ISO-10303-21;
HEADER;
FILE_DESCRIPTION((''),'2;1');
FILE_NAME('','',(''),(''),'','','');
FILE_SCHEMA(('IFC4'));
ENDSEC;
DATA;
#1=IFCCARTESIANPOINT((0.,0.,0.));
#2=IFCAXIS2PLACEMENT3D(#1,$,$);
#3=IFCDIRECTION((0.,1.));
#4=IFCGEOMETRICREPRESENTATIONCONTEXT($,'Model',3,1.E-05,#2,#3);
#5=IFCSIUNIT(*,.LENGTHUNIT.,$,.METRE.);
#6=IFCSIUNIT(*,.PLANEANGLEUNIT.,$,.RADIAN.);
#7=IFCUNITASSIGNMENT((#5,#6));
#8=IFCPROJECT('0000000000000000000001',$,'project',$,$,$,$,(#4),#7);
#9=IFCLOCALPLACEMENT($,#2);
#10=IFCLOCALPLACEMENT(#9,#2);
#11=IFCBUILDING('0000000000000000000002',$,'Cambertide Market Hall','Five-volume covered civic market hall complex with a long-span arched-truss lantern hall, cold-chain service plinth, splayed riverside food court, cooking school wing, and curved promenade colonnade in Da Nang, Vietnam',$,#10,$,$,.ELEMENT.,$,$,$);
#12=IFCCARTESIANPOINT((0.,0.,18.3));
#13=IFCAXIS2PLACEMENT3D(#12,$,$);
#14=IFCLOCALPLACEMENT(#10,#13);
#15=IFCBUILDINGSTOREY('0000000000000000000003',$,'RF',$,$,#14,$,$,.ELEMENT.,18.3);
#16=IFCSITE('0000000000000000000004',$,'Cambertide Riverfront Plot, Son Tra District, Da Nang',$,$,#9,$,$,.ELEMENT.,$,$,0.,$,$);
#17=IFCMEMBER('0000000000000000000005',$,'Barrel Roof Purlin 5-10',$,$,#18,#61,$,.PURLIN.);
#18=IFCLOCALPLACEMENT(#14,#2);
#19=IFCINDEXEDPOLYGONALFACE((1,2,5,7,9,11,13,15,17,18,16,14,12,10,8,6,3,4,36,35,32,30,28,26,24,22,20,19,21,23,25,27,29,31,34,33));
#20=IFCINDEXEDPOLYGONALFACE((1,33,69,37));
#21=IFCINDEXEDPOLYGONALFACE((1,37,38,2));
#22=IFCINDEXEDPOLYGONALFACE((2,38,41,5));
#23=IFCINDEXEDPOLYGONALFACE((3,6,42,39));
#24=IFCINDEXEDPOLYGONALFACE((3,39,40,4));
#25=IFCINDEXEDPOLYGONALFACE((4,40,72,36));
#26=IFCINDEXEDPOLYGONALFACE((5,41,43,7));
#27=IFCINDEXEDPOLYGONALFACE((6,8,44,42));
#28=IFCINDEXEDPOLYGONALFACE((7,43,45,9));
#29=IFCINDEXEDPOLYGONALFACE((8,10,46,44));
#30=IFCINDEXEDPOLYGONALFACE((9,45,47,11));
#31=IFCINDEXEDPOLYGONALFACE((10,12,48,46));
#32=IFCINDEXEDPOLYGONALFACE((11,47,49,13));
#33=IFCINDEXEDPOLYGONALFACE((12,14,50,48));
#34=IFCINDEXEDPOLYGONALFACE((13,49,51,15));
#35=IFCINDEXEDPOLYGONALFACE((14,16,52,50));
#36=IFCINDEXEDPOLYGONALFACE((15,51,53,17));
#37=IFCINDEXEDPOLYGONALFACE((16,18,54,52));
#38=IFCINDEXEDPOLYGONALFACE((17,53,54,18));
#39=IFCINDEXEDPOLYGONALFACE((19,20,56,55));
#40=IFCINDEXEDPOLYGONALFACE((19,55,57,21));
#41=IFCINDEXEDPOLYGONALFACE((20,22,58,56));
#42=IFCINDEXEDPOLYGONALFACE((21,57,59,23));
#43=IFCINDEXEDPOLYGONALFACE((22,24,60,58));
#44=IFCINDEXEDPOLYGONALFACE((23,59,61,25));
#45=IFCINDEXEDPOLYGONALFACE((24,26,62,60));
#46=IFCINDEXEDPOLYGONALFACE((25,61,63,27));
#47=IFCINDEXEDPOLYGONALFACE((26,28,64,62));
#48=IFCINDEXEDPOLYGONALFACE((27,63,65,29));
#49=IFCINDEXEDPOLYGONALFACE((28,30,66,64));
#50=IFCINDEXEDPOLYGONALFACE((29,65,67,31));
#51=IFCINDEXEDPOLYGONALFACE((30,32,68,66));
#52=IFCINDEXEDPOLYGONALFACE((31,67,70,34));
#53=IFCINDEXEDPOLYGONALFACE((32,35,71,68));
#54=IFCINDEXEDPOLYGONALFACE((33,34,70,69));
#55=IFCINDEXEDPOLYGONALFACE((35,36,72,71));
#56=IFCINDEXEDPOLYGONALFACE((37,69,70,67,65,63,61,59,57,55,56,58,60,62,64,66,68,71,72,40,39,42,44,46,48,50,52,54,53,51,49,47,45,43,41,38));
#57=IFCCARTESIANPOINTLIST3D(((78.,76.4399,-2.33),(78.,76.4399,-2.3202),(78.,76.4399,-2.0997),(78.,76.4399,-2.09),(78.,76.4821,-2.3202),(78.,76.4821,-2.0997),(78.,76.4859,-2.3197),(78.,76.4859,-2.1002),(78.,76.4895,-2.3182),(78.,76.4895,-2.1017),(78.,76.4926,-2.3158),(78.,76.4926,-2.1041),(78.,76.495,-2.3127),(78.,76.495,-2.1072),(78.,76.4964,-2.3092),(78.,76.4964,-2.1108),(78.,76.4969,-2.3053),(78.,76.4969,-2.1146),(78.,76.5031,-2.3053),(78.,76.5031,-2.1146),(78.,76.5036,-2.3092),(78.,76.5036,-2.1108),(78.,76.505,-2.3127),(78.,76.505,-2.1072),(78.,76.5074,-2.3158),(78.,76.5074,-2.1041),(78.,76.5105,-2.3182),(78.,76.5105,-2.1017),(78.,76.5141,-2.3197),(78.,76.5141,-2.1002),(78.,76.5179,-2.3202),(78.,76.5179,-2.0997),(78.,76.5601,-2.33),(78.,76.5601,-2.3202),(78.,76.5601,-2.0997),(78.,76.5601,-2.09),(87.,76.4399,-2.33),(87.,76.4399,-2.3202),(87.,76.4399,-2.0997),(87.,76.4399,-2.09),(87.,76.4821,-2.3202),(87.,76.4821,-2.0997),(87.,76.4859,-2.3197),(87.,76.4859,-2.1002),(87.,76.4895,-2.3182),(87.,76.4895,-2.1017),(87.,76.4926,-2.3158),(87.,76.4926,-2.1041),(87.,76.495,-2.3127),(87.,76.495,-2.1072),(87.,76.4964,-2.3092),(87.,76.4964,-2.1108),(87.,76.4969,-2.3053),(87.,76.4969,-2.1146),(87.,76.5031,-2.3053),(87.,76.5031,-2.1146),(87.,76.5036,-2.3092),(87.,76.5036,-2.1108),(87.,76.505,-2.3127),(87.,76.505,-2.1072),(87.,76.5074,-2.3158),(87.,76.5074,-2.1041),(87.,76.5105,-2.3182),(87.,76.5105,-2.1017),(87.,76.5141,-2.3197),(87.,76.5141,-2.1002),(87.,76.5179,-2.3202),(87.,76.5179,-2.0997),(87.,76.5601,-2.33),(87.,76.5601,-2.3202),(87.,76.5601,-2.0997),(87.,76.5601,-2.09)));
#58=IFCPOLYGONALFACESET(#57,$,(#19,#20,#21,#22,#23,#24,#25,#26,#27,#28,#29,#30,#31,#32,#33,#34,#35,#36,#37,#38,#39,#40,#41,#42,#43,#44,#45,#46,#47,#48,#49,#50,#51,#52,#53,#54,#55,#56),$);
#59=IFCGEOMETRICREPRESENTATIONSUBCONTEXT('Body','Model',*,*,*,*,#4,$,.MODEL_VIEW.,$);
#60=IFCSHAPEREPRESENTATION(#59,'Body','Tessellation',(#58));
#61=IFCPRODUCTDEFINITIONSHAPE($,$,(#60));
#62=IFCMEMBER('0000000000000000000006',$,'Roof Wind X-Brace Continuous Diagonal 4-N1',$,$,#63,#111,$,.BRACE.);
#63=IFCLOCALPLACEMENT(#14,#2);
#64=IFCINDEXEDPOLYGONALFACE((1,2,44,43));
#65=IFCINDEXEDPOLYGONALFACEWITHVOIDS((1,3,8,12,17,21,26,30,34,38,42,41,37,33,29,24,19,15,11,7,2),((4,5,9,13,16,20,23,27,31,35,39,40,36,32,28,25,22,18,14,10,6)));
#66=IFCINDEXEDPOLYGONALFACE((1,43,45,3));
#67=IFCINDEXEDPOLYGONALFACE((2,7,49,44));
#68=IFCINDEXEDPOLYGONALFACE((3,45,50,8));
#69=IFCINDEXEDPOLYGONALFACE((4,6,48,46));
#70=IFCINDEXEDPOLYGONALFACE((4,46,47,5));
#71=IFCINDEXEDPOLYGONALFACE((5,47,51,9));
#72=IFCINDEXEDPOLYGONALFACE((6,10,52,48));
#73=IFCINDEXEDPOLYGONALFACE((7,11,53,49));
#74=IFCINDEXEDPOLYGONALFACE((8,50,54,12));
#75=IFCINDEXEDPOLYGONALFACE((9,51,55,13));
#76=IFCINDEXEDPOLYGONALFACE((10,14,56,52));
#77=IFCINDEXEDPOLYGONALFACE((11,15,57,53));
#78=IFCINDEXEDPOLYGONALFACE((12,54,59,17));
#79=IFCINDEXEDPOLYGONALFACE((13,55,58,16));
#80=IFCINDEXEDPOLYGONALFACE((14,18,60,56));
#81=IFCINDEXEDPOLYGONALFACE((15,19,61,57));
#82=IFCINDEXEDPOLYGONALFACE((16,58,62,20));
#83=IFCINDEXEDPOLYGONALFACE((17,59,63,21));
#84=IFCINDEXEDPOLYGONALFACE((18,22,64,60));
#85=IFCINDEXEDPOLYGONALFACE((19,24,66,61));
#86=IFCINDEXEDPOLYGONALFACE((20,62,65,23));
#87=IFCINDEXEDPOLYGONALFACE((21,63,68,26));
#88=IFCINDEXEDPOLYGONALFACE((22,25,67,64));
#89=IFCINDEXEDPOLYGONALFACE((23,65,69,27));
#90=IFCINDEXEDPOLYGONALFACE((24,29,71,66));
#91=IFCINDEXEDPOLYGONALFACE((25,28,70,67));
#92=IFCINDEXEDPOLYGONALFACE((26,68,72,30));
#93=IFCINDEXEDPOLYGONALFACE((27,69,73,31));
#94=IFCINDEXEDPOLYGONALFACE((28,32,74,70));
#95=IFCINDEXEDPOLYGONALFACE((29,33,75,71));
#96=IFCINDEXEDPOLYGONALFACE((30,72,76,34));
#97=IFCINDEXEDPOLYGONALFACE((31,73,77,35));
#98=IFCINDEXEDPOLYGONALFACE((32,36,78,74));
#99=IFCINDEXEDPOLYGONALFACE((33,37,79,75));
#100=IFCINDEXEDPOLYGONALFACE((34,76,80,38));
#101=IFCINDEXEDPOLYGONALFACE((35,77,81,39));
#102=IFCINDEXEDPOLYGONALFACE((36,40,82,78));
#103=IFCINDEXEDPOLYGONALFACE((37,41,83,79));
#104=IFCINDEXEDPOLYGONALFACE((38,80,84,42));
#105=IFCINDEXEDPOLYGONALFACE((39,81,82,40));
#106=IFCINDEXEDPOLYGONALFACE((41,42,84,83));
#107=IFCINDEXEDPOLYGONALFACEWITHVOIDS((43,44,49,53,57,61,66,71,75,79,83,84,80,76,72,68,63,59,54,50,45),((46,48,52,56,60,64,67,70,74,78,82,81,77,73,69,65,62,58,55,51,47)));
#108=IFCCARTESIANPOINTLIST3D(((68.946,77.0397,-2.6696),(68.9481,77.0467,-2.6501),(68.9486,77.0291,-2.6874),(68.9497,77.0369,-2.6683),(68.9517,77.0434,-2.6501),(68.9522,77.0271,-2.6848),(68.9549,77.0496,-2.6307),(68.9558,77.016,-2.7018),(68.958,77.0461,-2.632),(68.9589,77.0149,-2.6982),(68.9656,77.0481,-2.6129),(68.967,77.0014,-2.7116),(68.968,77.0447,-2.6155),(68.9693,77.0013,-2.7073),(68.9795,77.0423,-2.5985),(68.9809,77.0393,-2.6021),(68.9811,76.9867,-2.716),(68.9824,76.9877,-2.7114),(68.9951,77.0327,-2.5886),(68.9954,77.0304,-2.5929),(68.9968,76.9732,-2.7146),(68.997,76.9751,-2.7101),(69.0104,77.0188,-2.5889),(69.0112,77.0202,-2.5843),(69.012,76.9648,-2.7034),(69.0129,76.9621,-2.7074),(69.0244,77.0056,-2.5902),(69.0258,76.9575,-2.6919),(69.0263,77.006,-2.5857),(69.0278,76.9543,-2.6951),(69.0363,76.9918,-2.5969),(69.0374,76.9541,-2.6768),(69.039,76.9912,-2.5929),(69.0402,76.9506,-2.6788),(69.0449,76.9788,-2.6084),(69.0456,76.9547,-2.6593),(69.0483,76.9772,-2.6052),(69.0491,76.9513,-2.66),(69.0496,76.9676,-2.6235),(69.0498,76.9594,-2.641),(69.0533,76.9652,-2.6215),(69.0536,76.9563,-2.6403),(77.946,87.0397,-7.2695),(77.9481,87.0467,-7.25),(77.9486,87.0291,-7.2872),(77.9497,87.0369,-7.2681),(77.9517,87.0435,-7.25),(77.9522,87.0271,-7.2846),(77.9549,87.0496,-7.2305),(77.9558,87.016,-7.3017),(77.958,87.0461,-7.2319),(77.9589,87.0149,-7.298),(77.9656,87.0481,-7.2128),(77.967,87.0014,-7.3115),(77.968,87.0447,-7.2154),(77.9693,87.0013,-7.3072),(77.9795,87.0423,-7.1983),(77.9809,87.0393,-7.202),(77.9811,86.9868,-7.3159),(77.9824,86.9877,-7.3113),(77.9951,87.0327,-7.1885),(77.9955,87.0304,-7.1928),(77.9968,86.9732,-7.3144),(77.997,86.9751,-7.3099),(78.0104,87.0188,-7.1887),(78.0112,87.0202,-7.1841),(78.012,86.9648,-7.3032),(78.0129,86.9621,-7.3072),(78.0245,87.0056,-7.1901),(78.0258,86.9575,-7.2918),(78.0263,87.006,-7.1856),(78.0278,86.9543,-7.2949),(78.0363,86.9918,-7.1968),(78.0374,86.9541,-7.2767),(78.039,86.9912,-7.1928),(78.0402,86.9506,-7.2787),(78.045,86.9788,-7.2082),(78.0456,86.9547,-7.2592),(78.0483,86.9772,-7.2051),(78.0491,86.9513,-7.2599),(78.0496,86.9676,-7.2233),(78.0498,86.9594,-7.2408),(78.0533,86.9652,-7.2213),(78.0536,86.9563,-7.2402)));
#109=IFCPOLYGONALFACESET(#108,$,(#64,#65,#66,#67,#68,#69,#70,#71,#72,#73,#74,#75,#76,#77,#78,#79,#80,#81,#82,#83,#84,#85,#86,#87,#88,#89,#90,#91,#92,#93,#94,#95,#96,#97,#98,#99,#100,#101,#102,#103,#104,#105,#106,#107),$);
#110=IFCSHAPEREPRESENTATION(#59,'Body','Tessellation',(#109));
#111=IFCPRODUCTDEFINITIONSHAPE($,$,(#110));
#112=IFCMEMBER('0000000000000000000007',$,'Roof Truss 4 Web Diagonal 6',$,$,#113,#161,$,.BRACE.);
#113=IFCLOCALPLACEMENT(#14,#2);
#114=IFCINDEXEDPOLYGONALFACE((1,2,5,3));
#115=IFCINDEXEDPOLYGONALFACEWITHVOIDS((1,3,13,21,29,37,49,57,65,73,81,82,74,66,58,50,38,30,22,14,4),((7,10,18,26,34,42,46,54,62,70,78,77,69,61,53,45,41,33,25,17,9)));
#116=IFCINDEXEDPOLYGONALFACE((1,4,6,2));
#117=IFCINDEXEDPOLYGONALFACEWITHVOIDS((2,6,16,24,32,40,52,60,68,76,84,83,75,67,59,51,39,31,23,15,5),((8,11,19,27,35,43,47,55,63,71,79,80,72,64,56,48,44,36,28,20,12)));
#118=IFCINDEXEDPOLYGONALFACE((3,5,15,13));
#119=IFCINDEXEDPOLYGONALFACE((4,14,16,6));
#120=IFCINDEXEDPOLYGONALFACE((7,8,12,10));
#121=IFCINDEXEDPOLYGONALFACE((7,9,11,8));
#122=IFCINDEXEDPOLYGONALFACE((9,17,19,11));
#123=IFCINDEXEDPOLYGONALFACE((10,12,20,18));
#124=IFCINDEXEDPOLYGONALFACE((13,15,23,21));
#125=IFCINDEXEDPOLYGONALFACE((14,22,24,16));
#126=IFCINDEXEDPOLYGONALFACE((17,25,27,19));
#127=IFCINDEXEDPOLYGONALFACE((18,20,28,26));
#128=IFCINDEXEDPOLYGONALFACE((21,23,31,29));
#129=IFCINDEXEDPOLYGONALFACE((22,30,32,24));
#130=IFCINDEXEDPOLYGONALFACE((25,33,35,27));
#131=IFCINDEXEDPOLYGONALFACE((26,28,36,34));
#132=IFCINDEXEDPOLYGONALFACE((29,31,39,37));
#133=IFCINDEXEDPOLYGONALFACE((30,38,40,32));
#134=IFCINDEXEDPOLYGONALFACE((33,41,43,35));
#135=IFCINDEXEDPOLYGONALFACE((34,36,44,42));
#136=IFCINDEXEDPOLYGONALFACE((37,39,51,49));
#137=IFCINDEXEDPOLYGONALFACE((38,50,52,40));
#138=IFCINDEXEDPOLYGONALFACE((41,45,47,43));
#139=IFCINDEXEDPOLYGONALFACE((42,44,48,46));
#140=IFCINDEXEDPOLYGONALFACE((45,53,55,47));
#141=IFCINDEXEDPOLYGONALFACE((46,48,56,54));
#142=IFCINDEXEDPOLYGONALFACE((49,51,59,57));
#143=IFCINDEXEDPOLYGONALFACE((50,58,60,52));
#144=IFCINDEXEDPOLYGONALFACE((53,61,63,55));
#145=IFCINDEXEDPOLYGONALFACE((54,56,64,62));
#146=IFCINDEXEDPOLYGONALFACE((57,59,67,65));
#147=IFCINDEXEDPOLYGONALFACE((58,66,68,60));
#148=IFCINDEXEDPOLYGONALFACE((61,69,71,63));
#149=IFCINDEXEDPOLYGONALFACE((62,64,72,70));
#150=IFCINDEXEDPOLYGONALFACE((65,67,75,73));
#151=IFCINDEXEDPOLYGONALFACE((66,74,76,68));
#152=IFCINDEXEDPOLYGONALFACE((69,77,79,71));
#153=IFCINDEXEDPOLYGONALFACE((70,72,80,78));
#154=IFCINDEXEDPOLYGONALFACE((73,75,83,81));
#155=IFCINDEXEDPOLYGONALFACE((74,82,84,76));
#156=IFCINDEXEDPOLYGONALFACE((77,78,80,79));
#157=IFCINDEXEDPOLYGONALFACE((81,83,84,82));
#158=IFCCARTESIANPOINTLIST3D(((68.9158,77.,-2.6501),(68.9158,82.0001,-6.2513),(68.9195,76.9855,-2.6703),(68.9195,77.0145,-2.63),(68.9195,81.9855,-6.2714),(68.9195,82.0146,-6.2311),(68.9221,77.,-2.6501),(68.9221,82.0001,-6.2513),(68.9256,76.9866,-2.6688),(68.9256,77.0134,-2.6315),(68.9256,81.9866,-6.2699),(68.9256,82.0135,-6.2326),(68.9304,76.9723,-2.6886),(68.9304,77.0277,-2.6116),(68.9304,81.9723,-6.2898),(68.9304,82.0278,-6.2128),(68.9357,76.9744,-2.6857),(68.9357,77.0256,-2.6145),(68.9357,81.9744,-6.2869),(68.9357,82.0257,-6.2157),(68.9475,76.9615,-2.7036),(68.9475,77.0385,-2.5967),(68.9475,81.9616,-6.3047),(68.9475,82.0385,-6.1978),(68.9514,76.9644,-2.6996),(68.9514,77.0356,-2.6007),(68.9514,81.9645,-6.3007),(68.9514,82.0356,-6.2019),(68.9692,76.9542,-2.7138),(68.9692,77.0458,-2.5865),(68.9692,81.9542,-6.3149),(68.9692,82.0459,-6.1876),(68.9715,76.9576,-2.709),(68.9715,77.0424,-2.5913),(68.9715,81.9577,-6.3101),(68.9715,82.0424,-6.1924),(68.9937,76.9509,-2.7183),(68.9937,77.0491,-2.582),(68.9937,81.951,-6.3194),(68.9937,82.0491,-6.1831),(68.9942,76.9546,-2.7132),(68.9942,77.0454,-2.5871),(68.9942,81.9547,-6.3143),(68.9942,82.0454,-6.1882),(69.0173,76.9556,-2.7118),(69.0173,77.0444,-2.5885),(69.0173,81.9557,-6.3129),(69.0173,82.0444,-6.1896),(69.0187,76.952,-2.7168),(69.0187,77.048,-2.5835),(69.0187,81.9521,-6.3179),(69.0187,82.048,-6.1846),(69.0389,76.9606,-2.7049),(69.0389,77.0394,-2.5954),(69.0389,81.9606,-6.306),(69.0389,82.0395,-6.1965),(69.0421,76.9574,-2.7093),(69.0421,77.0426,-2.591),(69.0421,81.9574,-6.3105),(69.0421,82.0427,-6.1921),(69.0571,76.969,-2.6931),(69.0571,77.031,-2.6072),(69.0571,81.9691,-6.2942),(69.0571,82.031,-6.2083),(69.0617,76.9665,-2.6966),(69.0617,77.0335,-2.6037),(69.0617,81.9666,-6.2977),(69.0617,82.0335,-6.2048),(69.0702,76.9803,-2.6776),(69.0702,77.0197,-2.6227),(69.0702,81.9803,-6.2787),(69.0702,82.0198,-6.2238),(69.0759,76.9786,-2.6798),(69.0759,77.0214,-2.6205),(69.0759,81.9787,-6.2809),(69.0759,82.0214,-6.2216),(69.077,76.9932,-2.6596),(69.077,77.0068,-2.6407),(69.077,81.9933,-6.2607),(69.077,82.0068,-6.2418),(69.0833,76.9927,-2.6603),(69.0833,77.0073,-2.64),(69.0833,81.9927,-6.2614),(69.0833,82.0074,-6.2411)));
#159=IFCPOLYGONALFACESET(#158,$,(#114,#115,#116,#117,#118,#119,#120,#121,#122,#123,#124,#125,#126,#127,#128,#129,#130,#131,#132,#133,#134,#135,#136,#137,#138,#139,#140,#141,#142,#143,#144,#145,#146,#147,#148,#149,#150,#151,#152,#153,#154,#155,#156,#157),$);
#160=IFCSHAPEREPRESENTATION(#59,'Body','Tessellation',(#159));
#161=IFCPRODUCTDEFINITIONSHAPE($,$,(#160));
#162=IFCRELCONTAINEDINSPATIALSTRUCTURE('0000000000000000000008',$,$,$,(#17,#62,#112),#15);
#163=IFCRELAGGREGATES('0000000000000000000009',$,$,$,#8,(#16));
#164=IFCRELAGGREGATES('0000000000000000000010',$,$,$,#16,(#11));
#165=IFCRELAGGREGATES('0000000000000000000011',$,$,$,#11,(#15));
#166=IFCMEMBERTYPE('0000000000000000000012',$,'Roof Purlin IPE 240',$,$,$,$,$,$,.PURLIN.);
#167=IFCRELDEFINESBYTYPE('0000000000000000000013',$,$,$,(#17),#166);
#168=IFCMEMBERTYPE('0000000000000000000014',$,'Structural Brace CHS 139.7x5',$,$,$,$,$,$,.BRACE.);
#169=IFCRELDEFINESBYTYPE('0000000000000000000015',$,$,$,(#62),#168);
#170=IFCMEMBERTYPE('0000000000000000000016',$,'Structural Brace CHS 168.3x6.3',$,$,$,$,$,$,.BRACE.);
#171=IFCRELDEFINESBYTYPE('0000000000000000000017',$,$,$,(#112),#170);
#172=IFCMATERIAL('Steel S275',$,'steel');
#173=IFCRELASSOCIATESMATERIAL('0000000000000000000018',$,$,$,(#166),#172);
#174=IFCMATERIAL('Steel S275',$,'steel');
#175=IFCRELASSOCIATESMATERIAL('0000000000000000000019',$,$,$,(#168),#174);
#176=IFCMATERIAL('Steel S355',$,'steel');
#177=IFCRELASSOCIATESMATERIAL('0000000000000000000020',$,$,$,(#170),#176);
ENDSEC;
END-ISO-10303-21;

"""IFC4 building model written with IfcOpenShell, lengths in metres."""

from ifc_helpers import new_model, si_unit, direction, frame, origin, origin_2d, place, context, subcontext, project, spatial, hollow_circle, i_section, extrude, material, material_profile, profile_set, type_object, element, save


model = new_model("IFC4")

# Units and contexts
model_context = context("Model", 3, precision=1e-05, world=origin(), true_north=direction((0.0, 1.0)))
body_context = subcontext(model_context, "Body", "Model", "MODEL_VIEW")
ifc_project = project(units=[si_unit("LENGTHUNIT", "METRE"), si_unit("PLANEANGLEUNIT", "RADIAN")], contexts=[model_context])

# Site, building, storey
site_placement = place(None, origin())
site = spatial("IfcSite", under=ifc_project, at=site_placement, Name="Cambertide Riverfront Plot, Son Tra District, Da Nang", CompositionType="ELEMENT", RefElevation=0.0)
building_placement = place(site_placement, origin())
building = spatial("IfcBuilding", under=site, at=building_placement, Name="Cambertide Market Hall", Description="Five-volume covered civic market hall complex with a long-span arched-truss lantern hall, cold-chain service plinth, splayed riverside food court, cooking school wing, and curved promenade colonnade in Da Nang, Vietnam", CompositionType="ELEMENT")
storey_placement = place(building_placement, frame((0.0, 0.0, 18.3)))
storey = spatial("IfcBuildingStorey", under=building, at=storey_placement, Name="RF", CompositionType="ELEMENT", Elevation=18.3)

# Members
ifc_material_1 = material(Name="Steel S275", Category="steel")
ifc_material_profile_1 = material_profile(ifc_material_1, i_section(OverallWidth=0.1201, OverallDepth=0.24, WebThickness=0.0061, FlangeThickness=0.0098, FilletRadius=0.0149, at=origin_2d()), Name="IPE 240")
ifc_profile_set_1 = profile_set([ifc_material_profile_1], Name="Steel S275")
member_type_1 = type_object("IfcMemberType", Name="Roof Purlin IPE 240", PredefinedType="PURLIN", material=ifc_profile_set_1)
for number, where, z_axis, x_axis, name in (
    (1, (78.0, 76.5, -2.21), (1.0, 0.0, 0.0), (0.0, 1.0, 0.0), "Barrel Roof Purlin 5-10"),
):
    element("IfcMember", number, at=place(storey_placement, frame(where, z_axis=z_axis, x_axis=x_axis)), inside=storey, type_object=member_type_1, Name=name, PredefinedType="PURLIN", context=body_context, shape_type="SweptSolid", body=[
        extrude(i_section(OverallWidth=0.1201, OverallDepth=0.24, WebThickness=0.0061, FlangeThickness=0.0098, FilletRadius=0.0149, at=origin_2d()), origin(), (0.0, 0.0, 1.0), 9.0),
    ])
ifc_material_2 = material(Name="Steel S275", Category="steel")
ifc_material_profile_2 = material_profile(ifc_material_2, hollow_circle(Radius=0.0698, WallThickness=0.0049, at=origin_2d()), Name="CHS 139.7x5")
ifc_profile_set_2 = profile_set([ifc_material_profile_2], Name="Steel S275")
member_type_2 = type_object("IfcMemberType", Name="Structural Brace CHS 139.7x5", PredefinedType="BRACE", material=ifc_profile_set_2)
member_1_placement = place(storey_placement, frame((69.0, 77.0, -2.6501), z_axis=(0.632989, 0.703321, -0.323518), x_axis=(-0.743294, 0.668965, 0.0)))
element("IfcMember", 2, at=member_1_placement, inside=storey, type_object=member_type_2, Name="Roof Wind X-Brace Continuous Diagonal 4-N1", PredefinedType="BRACE", context=body_context, shape_type="SweptSolid", body=[
    extrude(hollow_circle(Radius=0.0698, WallThickness=0.0049, at=origin_2d()), origin(), (0.0, 0.0, 1.0), 14.2183),
])
ifc_material_3 = material(Name="Steel S355", Category="steel")
ifc_material_profile_3 = material_profile(ifc_material_3, hollow_circle(Radius=0.0842, WallThickness=0.0063, at=origin_2d()), Name="CHS 168.3x6.3")
ifc_profile_set_3 = profile_set([ifc_material_profile_3], Name="Steel S355")
member_type_3 = type_object("IfcMemberType", Name="Structural Brace CHS 168.3x6.3", PredefinedType="BRACE", material=ifc_profile_set_3)
member_2_placement = place(storey_placement, frame((69.0, 77.0, -2.6501), z_axis=(0.0, 0.811452, -0.58442), x_axis=(-1.0, 0.0, 0.0)))
element("IfcMember", 3, at=member_2_placement, inside=storey, type_object=member_type_3, Name="Roof Truss 4 Web Diagonal 6", PredefinedType="BRACE", context=body_context, shape_type="SweptSolid", body=[
    extrude(hollow_circle(Radius=0.0842, WallThickness=0.0063, at=origin_2d()), origin(), (0.0, 0.0, 1.0), 6.1619),
])

save(model, "model.ifc")
